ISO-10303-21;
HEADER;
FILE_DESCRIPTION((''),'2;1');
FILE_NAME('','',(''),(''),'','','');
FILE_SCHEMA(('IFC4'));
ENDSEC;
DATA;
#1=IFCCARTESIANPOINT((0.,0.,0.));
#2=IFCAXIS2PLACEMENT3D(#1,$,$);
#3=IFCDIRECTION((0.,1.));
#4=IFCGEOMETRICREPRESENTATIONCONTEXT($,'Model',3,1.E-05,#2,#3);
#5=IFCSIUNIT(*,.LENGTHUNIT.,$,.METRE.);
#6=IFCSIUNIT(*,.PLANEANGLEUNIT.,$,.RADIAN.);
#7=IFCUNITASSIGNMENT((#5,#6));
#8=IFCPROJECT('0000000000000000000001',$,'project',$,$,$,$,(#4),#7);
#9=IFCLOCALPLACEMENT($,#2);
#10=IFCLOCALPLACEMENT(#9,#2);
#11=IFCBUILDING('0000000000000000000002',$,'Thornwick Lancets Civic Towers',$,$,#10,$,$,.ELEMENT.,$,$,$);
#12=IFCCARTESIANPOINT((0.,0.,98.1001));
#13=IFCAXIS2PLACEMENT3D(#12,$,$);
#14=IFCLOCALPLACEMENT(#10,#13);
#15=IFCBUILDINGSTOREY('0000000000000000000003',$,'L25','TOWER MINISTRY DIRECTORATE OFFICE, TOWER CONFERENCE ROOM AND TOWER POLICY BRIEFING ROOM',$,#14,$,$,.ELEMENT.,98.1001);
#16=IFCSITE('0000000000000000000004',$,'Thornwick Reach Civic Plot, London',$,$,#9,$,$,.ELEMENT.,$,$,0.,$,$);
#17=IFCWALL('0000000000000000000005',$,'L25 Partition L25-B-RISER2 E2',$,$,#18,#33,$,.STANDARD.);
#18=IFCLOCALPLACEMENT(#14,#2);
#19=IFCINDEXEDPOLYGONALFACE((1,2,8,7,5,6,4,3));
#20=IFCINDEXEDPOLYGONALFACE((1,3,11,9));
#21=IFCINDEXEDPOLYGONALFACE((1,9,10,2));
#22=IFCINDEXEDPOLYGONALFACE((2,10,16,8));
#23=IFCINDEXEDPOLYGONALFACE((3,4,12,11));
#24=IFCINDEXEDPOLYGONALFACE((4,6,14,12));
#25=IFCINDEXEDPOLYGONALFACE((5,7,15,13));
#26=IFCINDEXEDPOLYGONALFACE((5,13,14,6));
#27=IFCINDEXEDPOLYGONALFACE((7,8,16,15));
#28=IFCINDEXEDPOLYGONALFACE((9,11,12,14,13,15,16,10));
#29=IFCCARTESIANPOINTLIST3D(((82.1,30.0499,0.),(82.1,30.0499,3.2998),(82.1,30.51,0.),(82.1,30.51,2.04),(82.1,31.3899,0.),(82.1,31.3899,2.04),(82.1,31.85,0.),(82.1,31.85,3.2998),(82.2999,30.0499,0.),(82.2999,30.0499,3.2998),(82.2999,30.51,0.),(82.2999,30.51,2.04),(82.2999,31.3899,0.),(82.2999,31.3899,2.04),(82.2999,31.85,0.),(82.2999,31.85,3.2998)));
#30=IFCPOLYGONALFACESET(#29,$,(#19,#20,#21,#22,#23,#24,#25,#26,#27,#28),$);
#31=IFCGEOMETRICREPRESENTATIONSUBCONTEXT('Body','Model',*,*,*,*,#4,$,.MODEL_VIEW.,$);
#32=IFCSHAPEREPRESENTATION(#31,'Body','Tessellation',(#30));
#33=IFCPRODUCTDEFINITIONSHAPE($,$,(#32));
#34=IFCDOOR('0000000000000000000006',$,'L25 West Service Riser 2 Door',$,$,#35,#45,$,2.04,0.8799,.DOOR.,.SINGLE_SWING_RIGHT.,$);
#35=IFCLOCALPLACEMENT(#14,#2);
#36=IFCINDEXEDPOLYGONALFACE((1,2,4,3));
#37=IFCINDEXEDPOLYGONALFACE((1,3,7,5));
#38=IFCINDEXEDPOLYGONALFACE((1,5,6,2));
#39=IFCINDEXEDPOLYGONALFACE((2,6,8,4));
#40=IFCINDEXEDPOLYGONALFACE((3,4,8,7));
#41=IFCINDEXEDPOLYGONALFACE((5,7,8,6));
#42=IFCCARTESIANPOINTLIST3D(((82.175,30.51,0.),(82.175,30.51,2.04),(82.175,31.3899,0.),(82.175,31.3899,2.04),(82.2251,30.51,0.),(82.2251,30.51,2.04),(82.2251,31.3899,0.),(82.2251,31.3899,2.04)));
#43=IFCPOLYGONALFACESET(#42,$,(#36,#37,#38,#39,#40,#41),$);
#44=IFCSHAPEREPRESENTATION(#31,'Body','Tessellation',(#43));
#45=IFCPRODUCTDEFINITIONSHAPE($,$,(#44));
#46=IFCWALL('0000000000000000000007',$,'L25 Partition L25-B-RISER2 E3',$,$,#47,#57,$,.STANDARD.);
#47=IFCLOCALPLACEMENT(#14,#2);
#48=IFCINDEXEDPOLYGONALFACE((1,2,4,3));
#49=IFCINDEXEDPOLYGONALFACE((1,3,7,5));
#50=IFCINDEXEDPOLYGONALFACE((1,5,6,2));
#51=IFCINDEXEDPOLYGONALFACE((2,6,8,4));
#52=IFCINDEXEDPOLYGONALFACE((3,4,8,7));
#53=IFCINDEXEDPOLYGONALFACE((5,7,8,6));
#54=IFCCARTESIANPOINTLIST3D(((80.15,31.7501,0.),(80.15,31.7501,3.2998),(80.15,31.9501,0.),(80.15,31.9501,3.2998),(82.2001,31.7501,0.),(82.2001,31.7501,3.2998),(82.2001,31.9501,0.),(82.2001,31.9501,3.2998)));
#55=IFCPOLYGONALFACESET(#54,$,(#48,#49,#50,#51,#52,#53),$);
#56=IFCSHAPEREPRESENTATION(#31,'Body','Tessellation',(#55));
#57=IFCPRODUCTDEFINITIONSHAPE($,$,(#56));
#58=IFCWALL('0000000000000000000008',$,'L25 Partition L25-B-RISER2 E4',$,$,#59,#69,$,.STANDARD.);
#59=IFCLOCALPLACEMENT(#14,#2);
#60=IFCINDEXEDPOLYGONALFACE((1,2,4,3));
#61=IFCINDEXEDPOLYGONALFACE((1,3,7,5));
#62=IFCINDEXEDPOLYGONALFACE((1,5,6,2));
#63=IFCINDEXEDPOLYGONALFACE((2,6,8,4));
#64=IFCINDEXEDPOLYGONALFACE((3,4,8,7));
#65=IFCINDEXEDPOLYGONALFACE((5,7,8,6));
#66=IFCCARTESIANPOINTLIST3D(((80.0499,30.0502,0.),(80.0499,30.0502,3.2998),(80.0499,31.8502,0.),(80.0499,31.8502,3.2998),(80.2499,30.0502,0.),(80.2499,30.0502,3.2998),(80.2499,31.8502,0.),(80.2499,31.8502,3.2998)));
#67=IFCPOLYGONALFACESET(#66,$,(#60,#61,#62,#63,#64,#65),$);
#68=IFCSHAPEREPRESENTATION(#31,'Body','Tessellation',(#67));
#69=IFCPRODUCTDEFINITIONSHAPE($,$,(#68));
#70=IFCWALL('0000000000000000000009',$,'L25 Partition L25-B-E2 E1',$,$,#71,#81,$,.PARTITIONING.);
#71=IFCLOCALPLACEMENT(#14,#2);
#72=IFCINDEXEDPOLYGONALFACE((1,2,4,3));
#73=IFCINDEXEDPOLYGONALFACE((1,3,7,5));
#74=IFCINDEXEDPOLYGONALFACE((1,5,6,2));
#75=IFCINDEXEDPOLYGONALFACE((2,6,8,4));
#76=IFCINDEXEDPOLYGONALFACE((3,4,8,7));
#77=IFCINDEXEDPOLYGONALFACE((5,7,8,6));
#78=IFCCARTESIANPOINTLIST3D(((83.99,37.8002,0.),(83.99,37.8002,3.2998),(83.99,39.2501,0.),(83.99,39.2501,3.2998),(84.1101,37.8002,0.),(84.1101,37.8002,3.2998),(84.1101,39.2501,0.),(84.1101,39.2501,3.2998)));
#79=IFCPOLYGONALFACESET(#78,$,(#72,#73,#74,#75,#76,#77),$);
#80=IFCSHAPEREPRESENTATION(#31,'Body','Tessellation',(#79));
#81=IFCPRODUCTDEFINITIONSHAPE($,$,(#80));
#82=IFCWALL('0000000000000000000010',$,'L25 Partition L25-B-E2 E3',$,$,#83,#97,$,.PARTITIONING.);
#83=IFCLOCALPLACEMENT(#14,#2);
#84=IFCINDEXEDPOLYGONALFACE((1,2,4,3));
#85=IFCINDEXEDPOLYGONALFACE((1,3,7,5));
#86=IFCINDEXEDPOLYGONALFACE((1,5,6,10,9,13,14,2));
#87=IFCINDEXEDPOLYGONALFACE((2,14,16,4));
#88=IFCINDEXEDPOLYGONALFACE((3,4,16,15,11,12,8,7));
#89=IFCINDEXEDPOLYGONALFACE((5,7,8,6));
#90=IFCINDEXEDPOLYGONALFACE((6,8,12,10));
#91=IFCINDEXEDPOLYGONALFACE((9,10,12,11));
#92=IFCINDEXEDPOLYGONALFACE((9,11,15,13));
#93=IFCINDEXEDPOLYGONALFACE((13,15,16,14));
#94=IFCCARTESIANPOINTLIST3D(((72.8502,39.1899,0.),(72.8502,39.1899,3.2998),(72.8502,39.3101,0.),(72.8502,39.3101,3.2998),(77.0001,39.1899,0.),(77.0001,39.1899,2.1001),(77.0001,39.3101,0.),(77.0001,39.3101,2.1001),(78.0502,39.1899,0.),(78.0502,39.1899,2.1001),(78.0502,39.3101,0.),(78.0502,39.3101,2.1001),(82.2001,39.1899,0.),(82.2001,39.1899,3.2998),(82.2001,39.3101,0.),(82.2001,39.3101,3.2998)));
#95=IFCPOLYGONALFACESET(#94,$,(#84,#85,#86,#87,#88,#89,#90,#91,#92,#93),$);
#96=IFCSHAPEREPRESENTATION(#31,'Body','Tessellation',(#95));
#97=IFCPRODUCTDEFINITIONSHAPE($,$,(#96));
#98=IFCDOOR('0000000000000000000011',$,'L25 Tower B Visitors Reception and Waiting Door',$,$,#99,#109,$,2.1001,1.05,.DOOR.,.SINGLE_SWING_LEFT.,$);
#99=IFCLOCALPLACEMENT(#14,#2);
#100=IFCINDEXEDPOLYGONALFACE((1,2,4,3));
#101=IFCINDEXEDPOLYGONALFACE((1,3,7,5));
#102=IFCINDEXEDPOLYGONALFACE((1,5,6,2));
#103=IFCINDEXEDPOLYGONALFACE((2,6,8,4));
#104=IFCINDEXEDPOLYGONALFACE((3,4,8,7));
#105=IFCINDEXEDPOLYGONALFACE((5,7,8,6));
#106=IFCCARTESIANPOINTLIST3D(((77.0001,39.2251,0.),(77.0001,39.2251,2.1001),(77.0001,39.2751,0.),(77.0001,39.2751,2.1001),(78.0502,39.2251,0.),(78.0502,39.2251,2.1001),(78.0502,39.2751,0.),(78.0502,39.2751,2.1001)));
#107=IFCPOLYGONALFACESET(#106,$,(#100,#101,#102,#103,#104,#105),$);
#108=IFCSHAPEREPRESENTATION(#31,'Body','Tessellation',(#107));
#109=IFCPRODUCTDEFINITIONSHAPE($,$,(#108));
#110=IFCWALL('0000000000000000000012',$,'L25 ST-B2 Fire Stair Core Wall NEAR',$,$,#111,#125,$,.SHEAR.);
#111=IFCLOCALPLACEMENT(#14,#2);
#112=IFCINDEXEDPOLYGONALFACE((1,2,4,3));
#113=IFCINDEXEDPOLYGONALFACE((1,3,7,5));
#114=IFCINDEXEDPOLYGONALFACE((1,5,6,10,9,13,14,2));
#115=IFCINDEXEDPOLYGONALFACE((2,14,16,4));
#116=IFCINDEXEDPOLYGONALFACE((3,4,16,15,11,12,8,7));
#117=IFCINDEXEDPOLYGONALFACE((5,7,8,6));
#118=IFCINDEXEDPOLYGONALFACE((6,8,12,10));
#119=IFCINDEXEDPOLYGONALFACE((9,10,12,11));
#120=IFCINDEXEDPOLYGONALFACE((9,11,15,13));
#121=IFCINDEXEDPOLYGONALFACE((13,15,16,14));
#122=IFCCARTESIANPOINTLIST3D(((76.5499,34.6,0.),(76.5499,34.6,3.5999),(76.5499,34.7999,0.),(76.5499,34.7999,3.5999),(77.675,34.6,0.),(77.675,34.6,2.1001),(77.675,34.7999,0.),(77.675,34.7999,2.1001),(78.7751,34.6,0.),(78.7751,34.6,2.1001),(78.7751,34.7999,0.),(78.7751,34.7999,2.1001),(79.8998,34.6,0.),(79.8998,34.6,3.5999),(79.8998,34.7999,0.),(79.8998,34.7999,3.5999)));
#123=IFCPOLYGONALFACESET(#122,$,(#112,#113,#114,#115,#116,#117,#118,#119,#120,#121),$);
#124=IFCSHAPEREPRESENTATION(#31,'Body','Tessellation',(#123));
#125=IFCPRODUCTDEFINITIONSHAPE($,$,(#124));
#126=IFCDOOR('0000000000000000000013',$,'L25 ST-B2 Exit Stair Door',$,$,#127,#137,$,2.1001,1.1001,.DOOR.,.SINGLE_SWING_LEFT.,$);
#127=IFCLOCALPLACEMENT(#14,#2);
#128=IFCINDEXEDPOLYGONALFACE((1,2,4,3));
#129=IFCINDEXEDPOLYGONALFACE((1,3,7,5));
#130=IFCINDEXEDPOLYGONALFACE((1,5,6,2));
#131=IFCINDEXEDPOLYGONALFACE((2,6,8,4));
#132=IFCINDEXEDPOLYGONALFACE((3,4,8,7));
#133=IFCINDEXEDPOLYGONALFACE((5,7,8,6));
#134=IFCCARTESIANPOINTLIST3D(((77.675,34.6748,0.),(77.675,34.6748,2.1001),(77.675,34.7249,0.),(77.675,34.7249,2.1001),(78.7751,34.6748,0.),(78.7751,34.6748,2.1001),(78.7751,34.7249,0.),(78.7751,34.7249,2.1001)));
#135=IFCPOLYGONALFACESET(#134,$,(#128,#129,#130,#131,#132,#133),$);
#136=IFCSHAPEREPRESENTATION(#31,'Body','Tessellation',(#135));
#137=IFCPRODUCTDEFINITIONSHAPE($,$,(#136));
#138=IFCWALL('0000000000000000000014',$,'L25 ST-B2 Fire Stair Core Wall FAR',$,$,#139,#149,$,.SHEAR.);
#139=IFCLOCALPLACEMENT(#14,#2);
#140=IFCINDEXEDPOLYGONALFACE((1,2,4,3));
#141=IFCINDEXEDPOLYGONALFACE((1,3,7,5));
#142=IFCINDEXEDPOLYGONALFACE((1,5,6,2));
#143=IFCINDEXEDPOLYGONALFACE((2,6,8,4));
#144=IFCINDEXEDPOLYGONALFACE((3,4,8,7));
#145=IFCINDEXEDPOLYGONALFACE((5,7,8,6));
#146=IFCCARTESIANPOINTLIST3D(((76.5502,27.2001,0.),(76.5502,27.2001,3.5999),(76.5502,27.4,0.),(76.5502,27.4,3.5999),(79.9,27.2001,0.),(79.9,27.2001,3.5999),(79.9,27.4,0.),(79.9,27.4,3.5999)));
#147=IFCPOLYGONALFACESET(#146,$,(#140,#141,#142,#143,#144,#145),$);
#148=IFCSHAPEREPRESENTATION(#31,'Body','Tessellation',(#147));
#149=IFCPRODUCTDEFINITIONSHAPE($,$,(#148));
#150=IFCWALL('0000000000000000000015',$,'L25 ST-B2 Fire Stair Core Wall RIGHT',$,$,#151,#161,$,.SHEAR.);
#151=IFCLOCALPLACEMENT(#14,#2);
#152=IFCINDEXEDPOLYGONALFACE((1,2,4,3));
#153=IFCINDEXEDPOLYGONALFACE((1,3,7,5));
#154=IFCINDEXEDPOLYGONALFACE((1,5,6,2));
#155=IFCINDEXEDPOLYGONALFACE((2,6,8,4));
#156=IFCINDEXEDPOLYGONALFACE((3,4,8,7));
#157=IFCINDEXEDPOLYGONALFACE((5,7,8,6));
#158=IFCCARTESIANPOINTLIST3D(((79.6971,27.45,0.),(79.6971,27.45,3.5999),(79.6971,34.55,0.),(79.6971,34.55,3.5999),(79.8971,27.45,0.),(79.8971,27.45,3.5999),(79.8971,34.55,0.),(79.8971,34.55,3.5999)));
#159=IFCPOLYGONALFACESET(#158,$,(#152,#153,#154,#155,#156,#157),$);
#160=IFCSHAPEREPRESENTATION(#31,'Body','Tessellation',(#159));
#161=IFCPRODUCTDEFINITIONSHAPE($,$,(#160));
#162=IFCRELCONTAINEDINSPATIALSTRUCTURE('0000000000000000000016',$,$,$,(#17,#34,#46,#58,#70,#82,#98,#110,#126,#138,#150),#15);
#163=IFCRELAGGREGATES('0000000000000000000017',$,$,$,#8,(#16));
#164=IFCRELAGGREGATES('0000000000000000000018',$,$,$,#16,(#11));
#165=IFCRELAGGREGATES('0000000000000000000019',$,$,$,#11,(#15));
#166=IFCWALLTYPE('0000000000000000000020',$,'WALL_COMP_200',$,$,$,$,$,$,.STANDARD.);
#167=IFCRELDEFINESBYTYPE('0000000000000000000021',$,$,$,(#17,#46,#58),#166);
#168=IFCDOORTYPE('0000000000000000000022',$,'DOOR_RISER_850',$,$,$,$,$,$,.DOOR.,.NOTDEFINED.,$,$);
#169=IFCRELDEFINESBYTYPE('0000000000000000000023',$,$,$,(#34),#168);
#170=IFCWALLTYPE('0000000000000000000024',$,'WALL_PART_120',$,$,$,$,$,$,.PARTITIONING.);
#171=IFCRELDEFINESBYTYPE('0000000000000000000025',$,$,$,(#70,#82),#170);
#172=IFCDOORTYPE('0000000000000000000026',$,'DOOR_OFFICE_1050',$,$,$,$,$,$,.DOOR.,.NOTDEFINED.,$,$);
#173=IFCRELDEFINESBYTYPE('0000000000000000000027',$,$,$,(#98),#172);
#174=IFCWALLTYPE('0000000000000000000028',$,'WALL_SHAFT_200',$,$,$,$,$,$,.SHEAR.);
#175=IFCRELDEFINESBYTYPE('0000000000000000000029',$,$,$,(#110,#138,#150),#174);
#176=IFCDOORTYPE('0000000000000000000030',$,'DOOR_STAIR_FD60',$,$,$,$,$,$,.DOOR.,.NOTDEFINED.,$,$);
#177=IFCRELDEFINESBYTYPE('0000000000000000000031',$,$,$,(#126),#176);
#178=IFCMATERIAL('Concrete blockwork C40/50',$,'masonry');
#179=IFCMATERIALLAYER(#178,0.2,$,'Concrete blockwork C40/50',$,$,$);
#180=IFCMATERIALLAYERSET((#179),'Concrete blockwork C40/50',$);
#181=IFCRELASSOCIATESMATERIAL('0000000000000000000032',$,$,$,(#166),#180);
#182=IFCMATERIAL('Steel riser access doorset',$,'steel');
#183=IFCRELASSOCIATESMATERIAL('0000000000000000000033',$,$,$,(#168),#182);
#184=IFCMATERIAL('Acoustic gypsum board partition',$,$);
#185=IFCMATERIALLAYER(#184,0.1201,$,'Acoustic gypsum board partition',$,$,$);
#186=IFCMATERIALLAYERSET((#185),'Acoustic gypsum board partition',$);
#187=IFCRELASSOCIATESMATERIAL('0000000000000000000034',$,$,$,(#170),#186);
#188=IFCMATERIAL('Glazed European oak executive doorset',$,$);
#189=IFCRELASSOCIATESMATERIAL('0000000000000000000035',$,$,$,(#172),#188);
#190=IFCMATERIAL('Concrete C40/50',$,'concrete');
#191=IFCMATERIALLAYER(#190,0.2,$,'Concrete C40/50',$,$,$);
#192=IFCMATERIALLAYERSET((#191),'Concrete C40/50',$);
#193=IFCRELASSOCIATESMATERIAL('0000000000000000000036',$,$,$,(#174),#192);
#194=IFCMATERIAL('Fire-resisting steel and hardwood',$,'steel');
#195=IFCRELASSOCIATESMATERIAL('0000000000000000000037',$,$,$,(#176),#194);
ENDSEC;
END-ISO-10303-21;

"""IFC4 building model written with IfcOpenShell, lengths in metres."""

from ifc_helpers import new_model, si_unit, direction, frame, frame_2d, origin, place, context, subcontext, project, spatial, rectangle, extrude, material, layer, layer_set, type_object, element, fill, save


model = new_model("IFC4")

# Units and contexts
model_context = context("Model", 3, precision=1e-05, world=origin(), true_north=direction((0.0, 1.0)))
body_context = subcontext(model_context, "Body", "Model", "MODEL_VIEW")
ifc_project = project(units=[si_unit("LENGTHUNIT", "METRE"), si_unit("PLANEANGLEUNIT", "RADIAN")], contexts=[model_context])

# Site, building, storey
site_placement = place(None, origin())
site = spatial("IfcSite", under=ifc_project, at=site_placement, Name="Thornwick Reach Civic Plot, London", CompositionType="ELEMENT", RefElevation=0.0)
building_placement = place(site_placement, origin())
building = spatial("IfcBuilding", under=site, at=building_placement, Name="Thornwick Lancets Civic Towers", CompositionType="ELEMENT")
storey_placement = place(building_placement, frame((0.0, 0.0, 98.1001)))
storey = spatial("IfcBuildingStorey", under=building, at=storey_placement, Name="L25", Description="TOWER MINISTRY DIRECTORATE OFFICE, TOWER CONFERENCE ROOM AND TOWER POLICY BRIEFING ROOM", CompositionType="ELEMENT", Elevation=98.1001)

# Shared definitions
ifc_material_1 = material(Name="Concrete C40/50", Category="concrete")

# Shared definitions
ifc_material_2 = material(Name="Concrete blockwork C40/50", Category="masonry")
ifc_layer_1 = layer(ifc_material_2, 0.2, Name="Concrete blockwork C40/50")
ifc_layer_set_1 = layer_set([ifc_layer_1], Name="Concrete blockwork C40/50")
wall_type_1 = type_object("IfcWallType", Name="WALL_COMP_200", PredefinedType="STANDARD", material=ifc_layer_set_1)

# Wall, opening, door
wall_1_placement = place(storey_placement, frame((82.2, 30.05, 0.0), z_axis=(0.0, 0.0, 1.0), x_axis=(0.0, 1.0, 0.0)))
wall_1 = element("IfcWall", 1, at=wall_1_placement, inside=storey, type_object=wall_type_1, Name="L25 Partition L25-B-RISER2 E2", PredefinedType="STANDARD", context=body_context, shape_type="SweptSolid", body=[
    extrude(rectangle(XDim=1.8, YDim=0.2, at=frame_2d((0.8999, 0.0))), origin(), (0.0, 0.0, 1.0), 3.2998),
])
opening_1_placement = place(wall_1_placement, frame((0.46, 0.0, 0.0)))
opening_1 = element("IfcOpeningElement", 2, at=opening_1_placement, cuts=wall_1, PredefinedType="OPENING", context=body_context, shape_type="SweptSolid", body=[
    extrude(rectangle(XDim=0.8799, YDim=2.04, at=frame_2d((0.4399, 1.02))), frame((0.0, 0.1099, 0.0), z_axis=(0.0, -1.0, 0.0), x_axis=(1.0, 0.0, 0.0)), (0.0, 0.0, 1.0), 0.22),
])
ifc_material_3 = material(Name="Steel riser access doorset", Category="steel")
door_type_1 = type_object("IfcDoorType", Name="DOOR_RISER_850", OperationType="NOTDEFINED", PredefinedType="DOOR", material=ifc_material_3)
door_1_placement = place(opening_1_placement, origin())
door_1 = element("IfcDoor", 3, at=door_1_placement, inside=storey, type_object=door_type_1, Name="L25 West Service Riser 2 Door", OperationType="SINGLE_SWING_RIGHT", OverallHeight=2.04, OverallWidth=0.8799, PredefinedType="DOOR", context=body_context, shape_type="SweptSolid", body=[
    extrude(rectangle(XDim=0.8799, YDim=2.04, at=frame_2d((0.4399, 1.02))), frame((0.0, 0.0249, 0.0), z_axis=(0.0, -1.0, 0.0), x_axis=(1.0, 0.0, 0.0)), (0.0, 0.0, 1.0), 0.05),
])
fill(opening_1, door_1)

# Walls
wall_2_placement = place(storey_placement, frame((82.2, 31.8501, 0.0), z_axis=(0.0, 0.0, 1.0), x_axis=(-1.0, 0.0, 0.0)))
element("IfcWall", 4, at=wall_2_placement, inside=storey, type_object=wall_type_1, Name="L25 Partition L25-B-RISER2 E3", PredefinedType="STANDARD", context=body_context, shape_type="SweptSolid", body=[
    extrude(rectangle(XDim=2.05, YDim=0.2, at=frame_2d((1.0249, 0.0))), origin(), (0.0, 0.0, 1.0), 3.2998),
])
wall_3_placement = place(storey_placement, frame((80.1499, 31.8501, 0.0), z_axis=(0.0, 0.0, 1.0), x_axis=(0.0, -1.0, 0.0)))
element("IfcWall", 5, at=wall_3_placement, inside=storey, type_object=wall_type_1, Name="L25 Partition L25-B-RISER2 E4", PredefinedType="STANDARD", context=body_context, shape_type="SweptSolid", body=[
    extrude(rectangle(XDim=1.8, YDim=0.2, at=frame_2d((0.8999, 0.0))), origin(), (0.0, 0.0, 1.0), 3.2998),
])
ifc_material_4 = material(Name="Acoustic gypsum board partition")
ifc_layer_2 = layer(ifc_material_4, 0.1201, Name="Acoustic gypsum board partition")
ifc_layer_set_2 = layer_set([ifc_layer_2], Name="Acoustic gypsum board partition")
wall_type_2 = type_object("IfcWallType", Name="WALL_PART_120", PredefinedType="PARTITIONING", material=ifc_layer_set_2)
wall_4_placement = place(storey_placement, frame((84.05, 37.8, 0.0), z_axis=(0.0, 0.0, 1.0), x_axis=(0.0, 1.0, 0.0)))
element("IfcWall", 6, at=wall_4_placement, inside=storey, type_object=wall_type_2, Name="L25 Partition L25-B-E2 E1", PredefinedType="PARTITIONING", context=body_context, shape_type="SweptSolid", body=[
    extrude(rectangle(XDim=1.45, YDim=0.1201, at=frame_2d((0.7251, 0.0))), origin(), (0.0, 0.0, 1.0), 3.2998),
])

# Walls, openings, doors
wall_5_placement = place(storey_placement, frame((82.2, 39.25, 0.0), z_axis=(0.0, 0.0, 1.0), x_axis=(-1.0, 0.0, 0.0)))
wall_5 = element("IfcWall", 7, at=wall_5_placement, inside=storey, type_object=wall_type_2, Name="L25 Partition L25-B-E2 E3", PredefinedType="PARTITIONING", context=body_context, shape_type="SweptSolid", body=[
    extrude(rectangle(XDim=9.3499, YDim=0.1201, at=frame_2d((4.6748, 0.0))), origin(), (0.0, 0.0, 1.0), 3.2998),
])
opening_2_placement = place(wall_5_placement, frame((4.1499, 0.0, 0.0)))
opening_2 = element("IfcOpeningElement", 8, at=opening_2_placement, cuts=wall_5, PredefinedType="OPENING", context=body_context, shape_type="SweptSolid", body=[
    extrude(rectangle(XDim=1.05, YDim=2.1001, at=frame_2d((0.5249, 1.05))), frame((0.0, 0.0701, 0.0), z_axis=(0.0, -1.0, 0.0), x_axis=(1.0, 0.0, 0.0)), (0.0, 0.0, 1.0), 0.1401),
])
ifc_material_5 = material(Name="Glazed European oak executive doorset")
door_type_2 = type_object("IfcDoorType", Name="DOOR_OFFICE_1050", OperationType="NOTDEFINED", PredefinedType="DOOR", material=ifc_material_5)
door_2_placement = place(opening_2_placement, origin())
door_2 = element("IfcDoor", 9, at=door_2_placement, inside=storey, type_object=door_type_2, Name="L25 Tower B Visitors Reception and Waiting Door", OperationType="SINGLE_SWING_LEFT", OverallHeight=2.1001, OverallWidth=1.05, PredefinedType="DOOR", context=body_context, shape_type="SweptSolid", body=[
    extrude(rectangle(XDim=1.05, YDim=2.1001, at=frame_2d((0.5249, 1.05))), frame((0.0, 0.0249, 0.0), z_axis=(0.0, -1.0, 0.0), x_axis=(1.0, 0.0, 0.0)), (0.0, 0.0, 1.0), 0.05),
])
fill(opening_2, door_2)
ifc_layer_3 = layer(ifc_material_1, 0.2, Name="Concrete C40/50")
ifc_layer_set_3 = layer_set([ifc_layer_3], Name="Concrete C40/50")
wall_type_3 = type_object("IfcWallType", Name="WALL_SHAFT_200", PredefinedType="SHEAR", material=ifc_layer_set_3)
wall_6_placement = place(storey_placement, frame((76.55, 34.7, 0.0), z_axis=(0.0, 0.0, 1.0), x_axis=(1.0, 0.0, 0.0)))
wall_6 = element("IfcWall", 10, at=wall_6_placement, inside=storey, type_object=wall_type_3, Name="L25 ST-B2 Fire Stair Core Wall NEAR", PredefinedType="SHEAR", context=body_context, shape_type="SweptSolid", body=[
    extrude(rectangle(XDim=3.3499, YDim=0.2, at=frame_2d((1.6748, 0.0))), origin(), (0.0, 0.0, 1.0), 3.5999),
])
opening_3_placement = place(wall_6_placement, frame((1.125, 0.0, 0.0)))
opening_3 = element("IfcOpeningElement", 11, at=opening_3_placement, cuts=wall_6, PredefinedType="OPENING", context=body_context, shape_type="SweptSolid", body=[
    extrude(rectangle(XDim=1.1001, YDim=2.1001, at=frame_2d((0.55, 1.05))), frame((0.0, 0.1099, 0.0), z_axis=(0.0, -1.0, 0.0), x_axis=(1.0, 0.0, 0.0)), (0.0, 0.0, 1.0), 0.22),
])
ifc_material_6 = material(Name="Fire-resisting steel and hardwood", Category="steel")
door_type_3 = type_object("IfcDoorType", Name="DOOR_STAIR_FD60", OperationType="NOTDEFINED", PredefinedType="DOOR", material=ifc_material_6)
door_3_placement = place(opening_3_placement, origin())
door_3 = element("IfcDoor", 12, at=door_3_placement, inside=storey, type_object=door_type_3, Name="L25 ST-B2 Exit Stair Door", OperationType="SINGLE_SWING_LEFT", OverallHeight=2.1001, OverallWidth=1.1001, PredefinedType="DOOR", context=body_context, shape_type="SweptSolid", body=[
    extrude(rectangle(XDim=1.1001, YDim=2.1001, at=frame_2d((0.55, 1.05))), frame((0.0, 0.0249, 0.0), z_axis=(0.0, -1.0, 0.0), x_axis=(1.0, 0.0, 0.0)), (0.0, 0.0, 1.0), 0.05),
])
fill(opening_3, door_3)

# Walls
wall_7_placement = place(storey_placement, frame((79.8999, 27.3, 0.0), z_axis=(0.0, 0.0, 1.0), x_axis=(-1.0, 0.0, 0.0)))
element("IfcWall", 13, at=wall_7_placement, inside=storey, type_object=wall_type_3, Name="L25 ST-B2 Fire Stair Core Wall FAR", PredefinedType="SHEAR", context=body_context, shape_type="SweptSolid", body=[
    extrude(rectangle(XDim=3.3499, YDim=0.2, at=frame_2d((1.6748, 0.0))), origin(), (0.0, 0.0, 1.0), 3.5999),
])
wall_8_placement = place(storey_placement, frame((79.7971, 27.45, 0.0), z_axis=(0.0, 0.0, 1.0), x_axis=(0.0, 1.0, 0.0)))
element("IfcWall", 14, at=wall_8_placement, inside=storey, type_object=wall_type_3, Name="L25 ST-B2 Fire Stair Core Wall RIGHT", PredefinedType="SHEAR", context=body_context, shape_type="SweptSolid", body=[
    extrude(rectangle(XDim=7.1001, YDim=0.2, at=frame_2d((3.55, 0.0))), origin(), (0.0, 0.0, 1.0), 3.5999),
])

save(model, "model.ifc")
